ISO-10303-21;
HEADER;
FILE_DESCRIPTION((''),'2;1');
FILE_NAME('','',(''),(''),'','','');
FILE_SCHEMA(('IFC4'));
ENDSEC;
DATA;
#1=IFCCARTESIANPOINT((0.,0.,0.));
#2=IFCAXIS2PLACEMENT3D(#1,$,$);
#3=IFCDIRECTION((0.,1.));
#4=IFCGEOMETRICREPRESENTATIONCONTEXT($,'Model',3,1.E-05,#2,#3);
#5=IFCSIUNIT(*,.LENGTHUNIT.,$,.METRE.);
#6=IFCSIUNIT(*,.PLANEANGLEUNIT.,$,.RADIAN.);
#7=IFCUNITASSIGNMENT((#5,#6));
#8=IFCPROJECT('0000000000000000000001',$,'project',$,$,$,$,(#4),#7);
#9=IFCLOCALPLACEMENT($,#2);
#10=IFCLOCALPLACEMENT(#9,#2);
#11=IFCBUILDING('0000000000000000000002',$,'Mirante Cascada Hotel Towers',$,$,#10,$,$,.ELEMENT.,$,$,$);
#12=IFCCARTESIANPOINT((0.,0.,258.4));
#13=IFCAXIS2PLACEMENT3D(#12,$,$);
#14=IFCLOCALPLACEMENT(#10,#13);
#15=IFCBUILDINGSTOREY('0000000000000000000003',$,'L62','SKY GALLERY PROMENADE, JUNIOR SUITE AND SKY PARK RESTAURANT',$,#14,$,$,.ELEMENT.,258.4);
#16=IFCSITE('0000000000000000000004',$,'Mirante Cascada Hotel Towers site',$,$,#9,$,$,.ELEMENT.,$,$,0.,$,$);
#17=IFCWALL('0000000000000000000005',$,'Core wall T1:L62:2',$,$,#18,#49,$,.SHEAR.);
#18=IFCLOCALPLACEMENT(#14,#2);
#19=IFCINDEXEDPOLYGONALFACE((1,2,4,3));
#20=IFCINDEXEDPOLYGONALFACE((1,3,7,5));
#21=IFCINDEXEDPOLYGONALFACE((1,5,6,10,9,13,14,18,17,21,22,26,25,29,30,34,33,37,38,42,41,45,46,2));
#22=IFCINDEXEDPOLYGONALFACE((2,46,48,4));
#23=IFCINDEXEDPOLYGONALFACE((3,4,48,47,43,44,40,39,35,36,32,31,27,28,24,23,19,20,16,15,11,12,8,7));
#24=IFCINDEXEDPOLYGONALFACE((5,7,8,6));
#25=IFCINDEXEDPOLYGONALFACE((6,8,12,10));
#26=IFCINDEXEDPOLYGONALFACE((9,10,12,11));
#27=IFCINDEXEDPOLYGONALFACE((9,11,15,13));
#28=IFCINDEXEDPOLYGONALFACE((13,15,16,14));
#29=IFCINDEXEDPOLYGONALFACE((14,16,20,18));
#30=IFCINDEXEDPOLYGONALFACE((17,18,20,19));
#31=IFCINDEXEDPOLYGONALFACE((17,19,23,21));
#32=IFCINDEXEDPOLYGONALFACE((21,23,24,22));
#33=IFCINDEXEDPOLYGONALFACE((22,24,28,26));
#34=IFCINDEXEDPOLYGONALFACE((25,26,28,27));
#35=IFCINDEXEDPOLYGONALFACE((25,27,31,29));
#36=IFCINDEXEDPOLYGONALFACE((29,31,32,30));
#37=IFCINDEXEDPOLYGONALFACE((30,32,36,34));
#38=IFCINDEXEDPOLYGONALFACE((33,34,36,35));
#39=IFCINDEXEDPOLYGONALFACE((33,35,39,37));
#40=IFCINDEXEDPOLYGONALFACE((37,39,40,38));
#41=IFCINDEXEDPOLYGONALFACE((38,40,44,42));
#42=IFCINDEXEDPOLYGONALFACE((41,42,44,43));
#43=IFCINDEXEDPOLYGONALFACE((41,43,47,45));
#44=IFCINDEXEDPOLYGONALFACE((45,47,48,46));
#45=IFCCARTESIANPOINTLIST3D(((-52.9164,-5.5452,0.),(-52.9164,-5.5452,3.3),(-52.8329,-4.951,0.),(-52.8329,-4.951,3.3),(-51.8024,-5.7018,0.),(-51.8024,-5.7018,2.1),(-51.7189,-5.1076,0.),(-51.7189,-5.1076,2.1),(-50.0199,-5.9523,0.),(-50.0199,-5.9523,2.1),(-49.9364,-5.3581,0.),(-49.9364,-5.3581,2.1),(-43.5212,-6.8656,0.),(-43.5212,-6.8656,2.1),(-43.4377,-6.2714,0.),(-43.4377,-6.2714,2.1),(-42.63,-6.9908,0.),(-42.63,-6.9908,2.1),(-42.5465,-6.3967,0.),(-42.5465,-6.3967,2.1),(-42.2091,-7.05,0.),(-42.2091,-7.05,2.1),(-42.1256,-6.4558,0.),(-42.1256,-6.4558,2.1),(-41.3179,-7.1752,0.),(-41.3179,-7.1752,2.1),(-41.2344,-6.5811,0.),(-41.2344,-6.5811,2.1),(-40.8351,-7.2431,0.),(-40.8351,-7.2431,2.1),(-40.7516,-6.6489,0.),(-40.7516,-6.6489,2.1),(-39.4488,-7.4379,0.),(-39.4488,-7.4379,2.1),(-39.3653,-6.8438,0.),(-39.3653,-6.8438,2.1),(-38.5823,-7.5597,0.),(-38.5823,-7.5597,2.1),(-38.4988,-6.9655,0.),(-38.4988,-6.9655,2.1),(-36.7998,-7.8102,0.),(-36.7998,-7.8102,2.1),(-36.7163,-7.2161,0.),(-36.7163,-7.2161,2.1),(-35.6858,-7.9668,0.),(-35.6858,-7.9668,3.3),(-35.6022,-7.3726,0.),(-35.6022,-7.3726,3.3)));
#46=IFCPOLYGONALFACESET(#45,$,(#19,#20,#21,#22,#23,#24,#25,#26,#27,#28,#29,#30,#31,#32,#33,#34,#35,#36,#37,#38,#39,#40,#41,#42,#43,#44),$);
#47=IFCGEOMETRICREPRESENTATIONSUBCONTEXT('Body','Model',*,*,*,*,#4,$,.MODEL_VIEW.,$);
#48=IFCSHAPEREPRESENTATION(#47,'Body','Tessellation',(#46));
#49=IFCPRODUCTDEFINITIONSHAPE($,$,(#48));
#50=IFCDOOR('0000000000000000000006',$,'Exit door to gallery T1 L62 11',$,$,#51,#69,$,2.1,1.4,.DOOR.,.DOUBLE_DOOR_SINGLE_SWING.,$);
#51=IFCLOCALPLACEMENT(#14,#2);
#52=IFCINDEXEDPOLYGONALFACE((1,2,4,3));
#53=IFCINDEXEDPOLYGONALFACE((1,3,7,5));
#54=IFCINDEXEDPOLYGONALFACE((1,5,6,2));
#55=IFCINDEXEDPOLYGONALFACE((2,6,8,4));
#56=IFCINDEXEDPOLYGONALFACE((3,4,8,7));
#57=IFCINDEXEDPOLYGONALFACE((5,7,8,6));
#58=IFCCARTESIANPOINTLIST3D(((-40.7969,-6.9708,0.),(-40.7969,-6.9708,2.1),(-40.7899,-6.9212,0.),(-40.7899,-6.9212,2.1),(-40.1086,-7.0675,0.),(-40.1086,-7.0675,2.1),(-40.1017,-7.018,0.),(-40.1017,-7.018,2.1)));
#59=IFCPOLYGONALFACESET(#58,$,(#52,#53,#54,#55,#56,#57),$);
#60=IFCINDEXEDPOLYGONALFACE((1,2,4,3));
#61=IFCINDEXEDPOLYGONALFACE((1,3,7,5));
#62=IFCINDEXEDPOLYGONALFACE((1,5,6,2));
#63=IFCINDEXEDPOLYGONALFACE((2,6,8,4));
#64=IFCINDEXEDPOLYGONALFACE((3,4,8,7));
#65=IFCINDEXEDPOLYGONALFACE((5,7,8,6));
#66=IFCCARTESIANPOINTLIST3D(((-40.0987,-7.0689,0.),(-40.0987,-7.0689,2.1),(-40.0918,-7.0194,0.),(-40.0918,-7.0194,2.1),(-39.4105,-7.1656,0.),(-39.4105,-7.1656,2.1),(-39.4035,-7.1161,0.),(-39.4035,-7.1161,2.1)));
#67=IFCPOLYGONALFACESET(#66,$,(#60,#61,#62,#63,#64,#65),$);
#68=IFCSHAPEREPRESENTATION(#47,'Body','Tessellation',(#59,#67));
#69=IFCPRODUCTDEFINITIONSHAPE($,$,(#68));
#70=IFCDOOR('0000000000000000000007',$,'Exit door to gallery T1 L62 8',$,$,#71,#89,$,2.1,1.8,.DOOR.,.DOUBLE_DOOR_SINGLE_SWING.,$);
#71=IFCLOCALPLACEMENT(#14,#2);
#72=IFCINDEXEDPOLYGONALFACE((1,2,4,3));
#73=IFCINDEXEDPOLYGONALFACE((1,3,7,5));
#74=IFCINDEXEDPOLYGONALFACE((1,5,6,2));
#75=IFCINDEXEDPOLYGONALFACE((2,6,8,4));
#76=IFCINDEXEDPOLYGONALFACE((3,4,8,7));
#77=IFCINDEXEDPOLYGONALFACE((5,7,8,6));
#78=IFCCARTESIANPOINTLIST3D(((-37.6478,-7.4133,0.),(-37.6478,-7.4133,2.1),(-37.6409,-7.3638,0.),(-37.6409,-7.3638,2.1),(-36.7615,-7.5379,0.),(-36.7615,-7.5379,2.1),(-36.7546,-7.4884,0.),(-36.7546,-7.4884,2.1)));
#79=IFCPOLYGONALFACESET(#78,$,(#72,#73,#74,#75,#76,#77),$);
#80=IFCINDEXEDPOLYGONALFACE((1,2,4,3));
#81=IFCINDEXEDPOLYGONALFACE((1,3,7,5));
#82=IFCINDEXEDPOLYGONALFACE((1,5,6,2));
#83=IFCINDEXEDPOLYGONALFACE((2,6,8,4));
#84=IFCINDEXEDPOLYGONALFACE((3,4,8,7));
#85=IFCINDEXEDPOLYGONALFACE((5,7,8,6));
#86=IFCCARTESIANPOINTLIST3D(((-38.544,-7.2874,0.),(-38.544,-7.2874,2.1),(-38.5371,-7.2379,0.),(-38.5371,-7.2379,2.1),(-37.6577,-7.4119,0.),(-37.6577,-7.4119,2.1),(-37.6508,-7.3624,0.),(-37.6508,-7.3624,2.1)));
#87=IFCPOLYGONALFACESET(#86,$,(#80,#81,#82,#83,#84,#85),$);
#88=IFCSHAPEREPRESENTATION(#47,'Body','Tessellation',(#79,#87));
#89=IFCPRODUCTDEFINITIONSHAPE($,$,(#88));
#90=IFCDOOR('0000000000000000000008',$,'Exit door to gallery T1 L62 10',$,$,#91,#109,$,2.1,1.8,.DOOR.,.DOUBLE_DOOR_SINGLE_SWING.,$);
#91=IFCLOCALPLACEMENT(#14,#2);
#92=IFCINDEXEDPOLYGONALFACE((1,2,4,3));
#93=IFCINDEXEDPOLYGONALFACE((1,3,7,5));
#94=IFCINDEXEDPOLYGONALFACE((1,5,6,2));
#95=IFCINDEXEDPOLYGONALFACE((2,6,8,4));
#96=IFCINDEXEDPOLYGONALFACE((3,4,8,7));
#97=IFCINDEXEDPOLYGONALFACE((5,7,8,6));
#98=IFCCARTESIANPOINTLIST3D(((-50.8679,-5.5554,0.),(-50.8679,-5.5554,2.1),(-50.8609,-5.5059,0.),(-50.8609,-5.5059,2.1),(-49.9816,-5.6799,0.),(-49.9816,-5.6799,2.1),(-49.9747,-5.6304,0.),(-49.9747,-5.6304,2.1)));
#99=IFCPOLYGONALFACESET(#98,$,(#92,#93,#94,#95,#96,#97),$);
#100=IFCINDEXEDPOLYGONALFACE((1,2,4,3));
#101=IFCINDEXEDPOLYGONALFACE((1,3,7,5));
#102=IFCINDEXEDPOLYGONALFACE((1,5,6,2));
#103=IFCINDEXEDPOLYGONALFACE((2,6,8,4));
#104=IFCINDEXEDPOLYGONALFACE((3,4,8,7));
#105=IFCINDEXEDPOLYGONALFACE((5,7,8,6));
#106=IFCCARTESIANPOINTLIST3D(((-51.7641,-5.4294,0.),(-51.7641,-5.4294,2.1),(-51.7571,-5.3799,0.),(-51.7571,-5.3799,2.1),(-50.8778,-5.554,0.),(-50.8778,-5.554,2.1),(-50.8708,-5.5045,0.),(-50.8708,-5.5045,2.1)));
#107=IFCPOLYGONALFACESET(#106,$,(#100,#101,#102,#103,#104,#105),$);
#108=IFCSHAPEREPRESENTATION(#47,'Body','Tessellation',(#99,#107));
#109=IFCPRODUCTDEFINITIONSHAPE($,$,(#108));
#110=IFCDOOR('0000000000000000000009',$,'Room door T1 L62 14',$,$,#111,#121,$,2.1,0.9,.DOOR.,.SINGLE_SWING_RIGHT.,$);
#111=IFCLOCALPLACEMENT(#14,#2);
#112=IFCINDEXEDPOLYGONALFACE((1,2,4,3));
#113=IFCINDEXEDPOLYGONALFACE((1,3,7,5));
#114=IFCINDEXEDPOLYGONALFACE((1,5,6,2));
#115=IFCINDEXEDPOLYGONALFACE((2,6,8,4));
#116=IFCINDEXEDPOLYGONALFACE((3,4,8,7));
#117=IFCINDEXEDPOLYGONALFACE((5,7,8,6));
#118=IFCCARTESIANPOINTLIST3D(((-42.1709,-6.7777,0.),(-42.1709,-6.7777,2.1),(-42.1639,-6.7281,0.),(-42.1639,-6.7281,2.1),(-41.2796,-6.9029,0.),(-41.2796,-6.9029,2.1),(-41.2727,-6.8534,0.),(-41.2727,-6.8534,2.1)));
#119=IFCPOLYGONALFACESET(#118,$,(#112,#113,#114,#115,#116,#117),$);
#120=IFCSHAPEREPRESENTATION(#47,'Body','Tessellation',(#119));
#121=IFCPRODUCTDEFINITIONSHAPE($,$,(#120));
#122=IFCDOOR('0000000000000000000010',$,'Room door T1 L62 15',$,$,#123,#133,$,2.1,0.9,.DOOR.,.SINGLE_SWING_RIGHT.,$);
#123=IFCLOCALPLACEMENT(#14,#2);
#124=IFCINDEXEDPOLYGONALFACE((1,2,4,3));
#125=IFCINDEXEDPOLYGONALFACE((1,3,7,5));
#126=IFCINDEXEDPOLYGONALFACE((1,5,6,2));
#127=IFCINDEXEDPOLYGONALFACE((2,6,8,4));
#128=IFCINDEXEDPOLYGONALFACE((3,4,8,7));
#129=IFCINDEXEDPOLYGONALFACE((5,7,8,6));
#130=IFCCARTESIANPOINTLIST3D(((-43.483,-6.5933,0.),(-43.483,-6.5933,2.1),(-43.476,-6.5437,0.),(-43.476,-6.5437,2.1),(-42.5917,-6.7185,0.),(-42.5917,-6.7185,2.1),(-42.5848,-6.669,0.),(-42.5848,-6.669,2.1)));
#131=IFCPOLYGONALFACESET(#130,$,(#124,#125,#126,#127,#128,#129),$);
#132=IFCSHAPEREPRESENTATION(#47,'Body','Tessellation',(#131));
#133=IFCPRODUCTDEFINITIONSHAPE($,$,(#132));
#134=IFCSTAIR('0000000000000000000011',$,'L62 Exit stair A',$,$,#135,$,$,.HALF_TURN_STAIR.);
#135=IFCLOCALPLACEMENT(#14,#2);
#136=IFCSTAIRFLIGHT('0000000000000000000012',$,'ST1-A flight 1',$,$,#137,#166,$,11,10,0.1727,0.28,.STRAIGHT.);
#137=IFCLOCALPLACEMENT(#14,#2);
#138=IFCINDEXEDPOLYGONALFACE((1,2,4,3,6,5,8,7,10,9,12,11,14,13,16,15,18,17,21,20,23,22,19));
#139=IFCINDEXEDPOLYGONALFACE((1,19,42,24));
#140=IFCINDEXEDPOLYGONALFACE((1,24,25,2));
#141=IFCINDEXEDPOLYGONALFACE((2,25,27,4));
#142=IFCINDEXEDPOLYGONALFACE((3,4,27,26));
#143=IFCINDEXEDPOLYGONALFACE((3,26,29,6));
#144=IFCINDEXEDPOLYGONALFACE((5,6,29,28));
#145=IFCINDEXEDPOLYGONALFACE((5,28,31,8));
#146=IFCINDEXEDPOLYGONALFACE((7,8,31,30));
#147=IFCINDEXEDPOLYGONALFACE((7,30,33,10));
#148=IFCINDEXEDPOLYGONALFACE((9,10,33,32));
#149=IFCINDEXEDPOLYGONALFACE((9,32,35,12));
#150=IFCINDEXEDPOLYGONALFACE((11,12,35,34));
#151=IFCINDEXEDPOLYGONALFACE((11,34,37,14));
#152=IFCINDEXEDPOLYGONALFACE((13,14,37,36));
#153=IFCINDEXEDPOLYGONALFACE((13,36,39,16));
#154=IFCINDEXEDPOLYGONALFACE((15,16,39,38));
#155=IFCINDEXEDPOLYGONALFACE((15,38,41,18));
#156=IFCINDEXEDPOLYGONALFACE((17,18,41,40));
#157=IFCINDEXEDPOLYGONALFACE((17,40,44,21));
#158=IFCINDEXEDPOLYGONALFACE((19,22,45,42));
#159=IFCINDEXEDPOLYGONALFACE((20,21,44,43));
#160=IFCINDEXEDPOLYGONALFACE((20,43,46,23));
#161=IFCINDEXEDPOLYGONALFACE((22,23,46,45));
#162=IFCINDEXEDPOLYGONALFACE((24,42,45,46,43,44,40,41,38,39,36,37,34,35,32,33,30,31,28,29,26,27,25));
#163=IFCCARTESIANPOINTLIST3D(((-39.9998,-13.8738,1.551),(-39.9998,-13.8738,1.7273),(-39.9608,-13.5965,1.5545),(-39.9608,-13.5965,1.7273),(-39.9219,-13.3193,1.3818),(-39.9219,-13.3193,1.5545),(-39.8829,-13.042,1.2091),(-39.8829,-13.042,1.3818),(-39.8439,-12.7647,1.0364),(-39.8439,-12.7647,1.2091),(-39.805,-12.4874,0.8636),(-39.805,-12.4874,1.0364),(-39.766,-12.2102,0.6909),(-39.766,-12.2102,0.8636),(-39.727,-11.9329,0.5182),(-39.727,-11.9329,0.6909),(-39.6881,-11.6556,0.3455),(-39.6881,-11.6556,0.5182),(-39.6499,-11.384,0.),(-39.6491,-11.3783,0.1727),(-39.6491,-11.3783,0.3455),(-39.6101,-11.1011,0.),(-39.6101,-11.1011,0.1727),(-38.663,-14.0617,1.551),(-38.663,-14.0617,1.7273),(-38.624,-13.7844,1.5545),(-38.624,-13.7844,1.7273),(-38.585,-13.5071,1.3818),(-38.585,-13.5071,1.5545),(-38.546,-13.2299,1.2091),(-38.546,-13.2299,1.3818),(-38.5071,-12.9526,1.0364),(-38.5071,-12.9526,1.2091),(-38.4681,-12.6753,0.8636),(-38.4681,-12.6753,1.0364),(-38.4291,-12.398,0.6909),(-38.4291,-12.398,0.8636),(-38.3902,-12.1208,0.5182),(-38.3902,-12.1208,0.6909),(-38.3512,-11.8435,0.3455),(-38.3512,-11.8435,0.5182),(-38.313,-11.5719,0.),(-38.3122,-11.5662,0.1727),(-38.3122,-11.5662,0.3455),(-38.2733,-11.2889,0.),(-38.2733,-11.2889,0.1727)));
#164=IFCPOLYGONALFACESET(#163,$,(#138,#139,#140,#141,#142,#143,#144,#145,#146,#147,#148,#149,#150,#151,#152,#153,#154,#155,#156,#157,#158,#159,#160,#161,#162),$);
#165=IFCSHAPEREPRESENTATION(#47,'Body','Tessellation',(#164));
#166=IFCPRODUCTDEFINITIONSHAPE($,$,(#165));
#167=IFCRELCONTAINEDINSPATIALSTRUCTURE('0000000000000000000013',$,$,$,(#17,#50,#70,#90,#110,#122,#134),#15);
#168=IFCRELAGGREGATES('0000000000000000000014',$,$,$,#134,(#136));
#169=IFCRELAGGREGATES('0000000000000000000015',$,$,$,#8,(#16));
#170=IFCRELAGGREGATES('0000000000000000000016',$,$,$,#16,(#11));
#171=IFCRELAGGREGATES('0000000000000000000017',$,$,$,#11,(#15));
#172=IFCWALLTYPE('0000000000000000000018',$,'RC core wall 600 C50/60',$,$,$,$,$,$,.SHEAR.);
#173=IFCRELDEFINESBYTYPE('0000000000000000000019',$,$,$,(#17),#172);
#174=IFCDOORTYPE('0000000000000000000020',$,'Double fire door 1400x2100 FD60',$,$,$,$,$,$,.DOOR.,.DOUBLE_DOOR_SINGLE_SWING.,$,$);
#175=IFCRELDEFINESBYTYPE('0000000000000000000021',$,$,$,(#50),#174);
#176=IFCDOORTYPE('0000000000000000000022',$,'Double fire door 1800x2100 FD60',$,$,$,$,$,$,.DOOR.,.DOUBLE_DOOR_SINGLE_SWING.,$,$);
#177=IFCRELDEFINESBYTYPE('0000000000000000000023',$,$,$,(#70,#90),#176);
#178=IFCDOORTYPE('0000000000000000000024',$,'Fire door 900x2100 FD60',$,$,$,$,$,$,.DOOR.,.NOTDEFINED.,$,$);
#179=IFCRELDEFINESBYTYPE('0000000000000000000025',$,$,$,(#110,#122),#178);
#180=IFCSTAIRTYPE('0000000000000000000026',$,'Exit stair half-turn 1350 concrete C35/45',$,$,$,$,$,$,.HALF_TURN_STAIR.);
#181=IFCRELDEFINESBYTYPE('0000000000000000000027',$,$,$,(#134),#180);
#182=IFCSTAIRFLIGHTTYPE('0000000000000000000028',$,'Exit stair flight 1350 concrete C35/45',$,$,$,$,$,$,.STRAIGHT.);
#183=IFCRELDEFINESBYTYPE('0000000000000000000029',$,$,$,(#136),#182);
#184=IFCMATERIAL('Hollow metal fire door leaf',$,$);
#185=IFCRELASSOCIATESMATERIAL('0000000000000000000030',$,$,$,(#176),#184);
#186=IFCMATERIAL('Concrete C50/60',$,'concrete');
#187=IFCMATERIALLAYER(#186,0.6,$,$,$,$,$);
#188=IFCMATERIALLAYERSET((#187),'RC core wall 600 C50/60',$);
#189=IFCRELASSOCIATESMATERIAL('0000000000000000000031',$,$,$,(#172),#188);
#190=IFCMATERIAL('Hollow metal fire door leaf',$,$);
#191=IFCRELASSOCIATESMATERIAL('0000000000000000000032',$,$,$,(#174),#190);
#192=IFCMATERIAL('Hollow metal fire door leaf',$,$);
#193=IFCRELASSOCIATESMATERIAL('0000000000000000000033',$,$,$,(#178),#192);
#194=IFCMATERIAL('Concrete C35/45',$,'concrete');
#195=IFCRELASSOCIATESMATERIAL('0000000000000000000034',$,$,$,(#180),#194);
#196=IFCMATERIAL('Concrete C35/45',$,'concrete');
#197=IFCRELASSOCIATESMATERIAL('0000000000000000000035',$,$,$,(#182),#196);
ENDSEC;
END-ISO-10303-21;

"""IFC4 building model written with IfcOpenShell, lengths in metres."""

from ifc_helpers import new_model, si_unit, direction, frame, frame_2d, origin, place, context, subcontext, project, spatial, polyline, rectangle, outline, extrude, material, layer, layer_set, type_object, element, fill, aggregate, save


model = new_model("IFC4")

# Units and contexts
model_context = context("Model", 3, precision=1e-05, world=origin(), true_north=direction((0.0, 1.0)))
body_context = subcontext(model_context, "Body", "Model", "MODEL_VIEW")
ifc_project = project(units=[si_unit("LENGTHUNIT", "METRE"), si_unit("PLANEANGLEUNIT", "RADIAN")], contexts=[model_context])

# Site, building, storey
site_placement = place(None, origin())
site = spatial("IfcSite", under=ifc_project, at=site_placement, Name="Mirante Cascada Hotel Towers site", CompositionType="ELEMENT", RefElevation=0.0)
building_placement = place(site_placement, origin())
building = spatial("IfcBuilding", under=site, at=building_placement, Name="Mirante Cascada Hotel Towers", CompositionType="ELEMENT")
storey_placement = place(building_placement, frame((0.0, 0.0, 258.4)))
storey = spatial("IfcBuildingStorey", under=building, at=storey_placement, Name="L62", Description="SKY GALLERY PROMENADE, JUNIOR SUITE AND SKY PARK RESTAURANT", CompositionType="ELEMENT", Elevation=258.4)

# Shared definitions
ifc_material_1 = material(Name="Hollow metal fire door leaf")
door_type_1 = type_object("IfcDoorType", Name="Double fire door 1800x2100 FD60", OperationType="DOUBLE_DOOR_SINGLE_SWING", PredefinedType="DOOR", material=ifc_material_1)

# Wall, openings, doors
ifc_material_2 = material(Name="Concrete C50/60", Category="concrete")
ifc_layer_1 = layer(ifc_material_2, 0.6)
ifc_layer_set_1 = layer_set([ifc_layer_1], Name="RC core wall 600 C50/60")
wall_type_1 = type_object("IfcWallType", Name="RC core wall 600 C50/60", PredefinedType="SHEAR", material=ifc_layer_set_1)
wall_1_placement = place(storey_placement, frame((-35.644, -7.6697, 0.0), z_axis=(0.0, 0.0, 1.0), x_axis=(-0.990268, 0.139172, 0.0)))
wall_1 = element("IfcWall", 1, at=wall_1_placement, inside=storey, type_object=wall_type_1, Name="Core wall T1:L62:2", PredefinedType="SHEAR", context=body_context, shape_type="SweptSolid", body=[
    extrude(rectangle(XDim=17.4, YDim=0.6, at=frame_2d((8.7, 0.0))), origin(), (0.0, 0.0, 1.0), 3.3),
])
opening_1_placement = place(wall_1_placement, frame((1.125, 0.0, 0.0)))
opening_1 = element("IfcOpeningElement", 2, at=opening_1_placement, cuts=wall_1, PredefinedType="OPENING", context=body_context, shape_type="SweptSolid", body=[
    extrude(rectangle(XDim=1.8, YDim=2.1, at=frame_2d((0.9, 1.05))), frame((0.0, 0.3, 0.0), z_axis=(0.0, -1.0, 0.0), x_axis=(1.0, 0.0, 0.0)), (0.0, 0.0, 1.0), 0.6),
])
opening_2_placement = place(wall_1_placement, frame((14.475, 0.0, 0.0)))
opening_2 = element("IfcOpeningElement", 3, at=opening_2_placement, cuts=wall_1, PredefinedType="OPENING", context=body_context, shape_type="SweptSolid", body=[
    extrude(rectangle(XDim=1.8, YDim=2.1, at=frame_2d((0.9, 1.05))), frame((0.0, 0.3, 0.0), z_axis=(0.0, -1.0, 0.0), x_axis=(1.0, 0.0, 0.0)), (0.0, 0.0, 1.0), 0.6),
])
opening_3_placement = place(wall_1_placement, frame((3.8, 0.0, 0.0)))
opening_3 = element("IfcOpeningElement", 4, at=opening_3_placement, cuts=wall_1, PredefinedType="OPENING", context=body_context, shape_type="SweptSolid", body=[
    extrude(rectangle(XDim=1.4, YDim=2.1, at=frame_2d((0.7, 1.05))), frame((0.0, 0.3, 0.0), z_axis=(0.0, -1.0, 0.0), x_axis=(1.0, 0.0, 0.0)), (0.0, 0.0, 1.0), 0.6),
])
opening_4_placement = place(wall_1_placement, frame((5.6875, 0.0, 0.0)))
opening_4 = element("IfcOpeningElement", 5, at=opening_4_placement, cuts=wall_1, PredefinedType="OPENING", context=body_context, shape_type="SweptSolid", body=[
    extrude(rectangle(XDim=0.9, YDim=2.1, at=frame_2d((0.45, 1.05))), frame((0.0, 0.3, 0.0), z_axis=(0.0, -1.0, 0.0), x_axis=(1.0, 0.0, 0.0)), (0.0, 0.0, 1.0), 0.6),
])
opening_5_placement = place(wall_1_placement, frame((7.0125, 0.0, 0.0)))
opening_5 = element("IfcOpeningElement", 6, at=opening_5_placement, cuts=wall_1, PredefinedType="OPENING", context=body_context, shape_type="SweptSolid", body=[
    extrude(rectangle(XDim=0.9, YDim=2.1, at=frame_2d((0.45, 1.05))), frame((0.0, 0.3, 0.0), z_axis=(0.0, -1.0, 0.0), x_axis=(1.0, 0.0, 0.0)), (0.0, 0.0, 1.0), 0.6),
])
ifc_material_3 = material(Name="Hollow metal fire door leaf")
door_type_2 = type_object("IfcDoorType", Name="Double fire door 1400x2100 FD60", OperationType="DOUBLE_DOOR_SINGLE_SWING", PredefinedType="DOOR", material=ifc_material_3)
door_1_placement = place(opening_3_placement, frame((1.4, 0.0, 0.0), z_axis=(0.0, 0.0, 1.0), x_axis=(-1.0, 0.0, 0.0)))
door_1 = element("IfcDoor", 7, at=door_1_placement, inside=storey, type_object=door_type_2, Name="Exit door to gallery T1 L62 11", OperationType="DOUBLE_DOOR_SINGLE_SWING", OverallHeight=2.1, OverallWidth=1.4, PredefinedType="DOOR", context=body_context, shape_type="SweptSolid", body=[
    extrude(rectangle(XDim=0.695, YDim=2.1, at=frame_2d((0.3475, 1.05))), frame((0.0, 0.025, 0.0), z_axis=(0.0, -1.0, 0.0), x_axis=(1.0, 0.0, 0.0)), (0.0, 0.0, 1.0), 0.05),
    extrude(rectangle(XDim=0.695, YDim=2.1, at=frame_2d((1.0525, 1.05))), frame((0.0, 0.025, 0.0), z_axis=(0.0, -1.0, 0.0), x_axis=(1.0, 0.0, 0.0)), (0.0, 0.0, 1.0), 0.05),
])
fill(opening_3, door_1)
door_2_placement = place(opening_1_placement, origin())
door_2 = element("IfcDoor", 8, at=door_2_placement, inside=storey, type_object=door_type_1, Name="Exit door to gallery T1 L62 8", OperationType="DOUBLE_DOOR_SINGLE_SWING", OverallHeight=2.1, OverallWidth=1.8, PredefinedType="DOOR", context=body_context, shape_type="SweptSolid", body=[
    extrude(rectangle(XDim=0.895, YDim=2.1, at=frame_2d((0.4475, 1.05))), frame((0.0, 0.025, 0.0), z_axis=(0.0, -1.0, 0.0), x_axis=(1.0, 0.0, 0.0)), (0.0, 0.0, 1.0), 0.05),
    extrude(rectangle(XDim=0.895, YDim=2.1, at=frame_2d((1.3525, 1.05))), frame((0.0, 0.025, 0.0), z_axis=(0.0, -1.0, 0.0), x_axis=(1.0, 0.0, 0.0)), (0.0, 0.0, 1.0), 0.05),
])
fill(opening_1, door_2)
door_3_placement = place(opening_2_placement, origin())
door_3 = element("IfcDoor", 9, at=door_3_placement, inside=storey, type_object=door_type_1, Name="Exit door to gallery T1 L62 10", OperationType="DOUBLE_DOOR_SINGLE_SWING", OverallHeight=2.1, OverallWidth=1.8, PredefinedType="DOOR", context=body_context, shape_type="SweptSolid", body=[
    extrude(rectangle(XDim=0.895, YDim=2.1, at=frame_2d((0.4475, 1.05))), frame((0.0, 0.025, 0.0), z_axis=(0.0, -1.0, 0.0), x_axis=(1.0, 0.0, 0.0)), (0.0, 0.0, 1.0), 0.05),
    extrude(rectangle(XDim=0.895, YDim=2.1, at=frame_2d((1.3525, 1.05))), frame((0.0, 0.025, 0.0), z_axis=(0.0, -1.0, 0.0), x_axis=(1.0, 0.0, 0.0)), (0.0, 0.0, 1.0), 0.05),
])
fill(opening_2, door_3)
ifc_material_4 = material(Name="Hollow metal fire door leaf")
door_type_3 = type_object("IfcDoorType", Name="Fire door 900x2100 FD60", OperationType="NOTDEFINED", PredefinedType="DOOR", material=ifc_material_4)
door_4_placement = place(opening_4_placement, origin())
door_4 = element("IfcDoor", 10, at=door_4_placement, inside=storey, type_object=door_type_3, Name="Room door T1 L62 14", OperationType="SINGLE_SWING_RIGHT", OverallHeight=2.1, OverallWidth=0.9, PredefinedType="DOOR", context=body_context, shape_type="SweptSolid", body=[
    extrude(rectangle(XDim=0.9, YDim=2.1, at=frame_2d((0.45, 1.05))), frame((0.0, 0.025, 0.0), z_axis=(0.0, -1.0, 0.0), x_axis=(1.0, 0.0, 0.0)), (0.0, 0.0, 1.0), 0.05),
])
fill(opening_4, door_4)
door_5_placement = place(opening_5_placement, origin())
door_5 = element("IfcDoor", 11, at=door_5_placement, inside=storey, type_object=door_type_3, Name="Room door T1 L62 15", OperationType="SINGLE_SWING_RIGHT", OverallHeight=2.1, OverallWidth=0.9, PredefinedType="DOOR", context=body_context, shape_type="SweptSolid", body=[
    extrude(rectangle(XDim=0.9, YDim=2.1, at=frame_2d((0.45, 1.05))), frame((0.0, 0.025, 0.0), z_axis=(0.0, -1.0, 0.0), x_axis=(1.0, 0.0, 0.0)), (0.0, 0.0, 1.0), 0.05),
])
fill(opening_5, door_5)

# Stair, stair flight
ifc_material_5 = material(Name="Concrete C35/45", Category="concrete")
stair_type = type_object("IfcStairType", Name="Exit stair half-turn 1350 concrete C35/45", PredefinedType="HALF_TURN_STAIR", material=ifc_material_5)
stair_placement = place(storey_placement, origin())
stair = element("IfcStair", 12, at=stair_placement, inside=storey, type_object=stair_type, Name="L62 Exit stair A", PredefinedType="HALF_TURN_STAIR")
ifc_material_6 = material(Name="Concrete C35/45", Category="concrete")
stair_flight_type = type_object("IfcStairFlightType", Name="Exit stair flight 1350 concrete C35/45", PredefinedType="STRAIGHT", material=ifc_material_6)
stair_flight_placement = place(storey_placement, frame((-38.9417, -11.195, 0.0), z_axis=(0.0, 0.0, 1.0), x_axis=(-0.139173, -0.990268, 0.0)))
stair_flight = element("IfcStairFlight", 13, at=stair_flight_placement, type_object=stair_flight_type, Name="ST1-A flight 1", NumberOfRisers=11, NumberOfTreads=10, PredefinedType="STRAIGHT", RiserHeight=0.1727, TreadLength=0.28, context=body_context, shape_type="SweptSolid", body=[
    extrude(outline(polyline([(0.0, 0.0), (0.0, 0.1727), (0.28, 0.1727), (0.28, 0.3455), (0.56, 0.3455), (0.56, 0.5182), (0.84, 0.5182), (0.84, 0.6909), (1.12, 0.6909), (1.12, 0.8636), (1.4, 0.8636), (1.4, 1.0364), (1.68, 1.0364), (1.68, 1.2091), (1.96, 1.2091), (1.96, 1.3818), (2.24, 1.3818), (2.24, 1.5545), (2.52, 1.5545), (2.52, 1.7273), (2.8, 1.7273), (2.8, 1.9), (2.8, 1.551), (0.2857, 0.0), (0.0, 0.0)])), frame((0.0, 0.675, 0.0), z_axis=(0.0, -1.0, 0.0), x_axis=(1.0, 0.0, 0.0)), (0.0, 0.0, 1.0), 1.35),
])
aggregate(stair, [stair_flight])

save(model, "model.ifc")
